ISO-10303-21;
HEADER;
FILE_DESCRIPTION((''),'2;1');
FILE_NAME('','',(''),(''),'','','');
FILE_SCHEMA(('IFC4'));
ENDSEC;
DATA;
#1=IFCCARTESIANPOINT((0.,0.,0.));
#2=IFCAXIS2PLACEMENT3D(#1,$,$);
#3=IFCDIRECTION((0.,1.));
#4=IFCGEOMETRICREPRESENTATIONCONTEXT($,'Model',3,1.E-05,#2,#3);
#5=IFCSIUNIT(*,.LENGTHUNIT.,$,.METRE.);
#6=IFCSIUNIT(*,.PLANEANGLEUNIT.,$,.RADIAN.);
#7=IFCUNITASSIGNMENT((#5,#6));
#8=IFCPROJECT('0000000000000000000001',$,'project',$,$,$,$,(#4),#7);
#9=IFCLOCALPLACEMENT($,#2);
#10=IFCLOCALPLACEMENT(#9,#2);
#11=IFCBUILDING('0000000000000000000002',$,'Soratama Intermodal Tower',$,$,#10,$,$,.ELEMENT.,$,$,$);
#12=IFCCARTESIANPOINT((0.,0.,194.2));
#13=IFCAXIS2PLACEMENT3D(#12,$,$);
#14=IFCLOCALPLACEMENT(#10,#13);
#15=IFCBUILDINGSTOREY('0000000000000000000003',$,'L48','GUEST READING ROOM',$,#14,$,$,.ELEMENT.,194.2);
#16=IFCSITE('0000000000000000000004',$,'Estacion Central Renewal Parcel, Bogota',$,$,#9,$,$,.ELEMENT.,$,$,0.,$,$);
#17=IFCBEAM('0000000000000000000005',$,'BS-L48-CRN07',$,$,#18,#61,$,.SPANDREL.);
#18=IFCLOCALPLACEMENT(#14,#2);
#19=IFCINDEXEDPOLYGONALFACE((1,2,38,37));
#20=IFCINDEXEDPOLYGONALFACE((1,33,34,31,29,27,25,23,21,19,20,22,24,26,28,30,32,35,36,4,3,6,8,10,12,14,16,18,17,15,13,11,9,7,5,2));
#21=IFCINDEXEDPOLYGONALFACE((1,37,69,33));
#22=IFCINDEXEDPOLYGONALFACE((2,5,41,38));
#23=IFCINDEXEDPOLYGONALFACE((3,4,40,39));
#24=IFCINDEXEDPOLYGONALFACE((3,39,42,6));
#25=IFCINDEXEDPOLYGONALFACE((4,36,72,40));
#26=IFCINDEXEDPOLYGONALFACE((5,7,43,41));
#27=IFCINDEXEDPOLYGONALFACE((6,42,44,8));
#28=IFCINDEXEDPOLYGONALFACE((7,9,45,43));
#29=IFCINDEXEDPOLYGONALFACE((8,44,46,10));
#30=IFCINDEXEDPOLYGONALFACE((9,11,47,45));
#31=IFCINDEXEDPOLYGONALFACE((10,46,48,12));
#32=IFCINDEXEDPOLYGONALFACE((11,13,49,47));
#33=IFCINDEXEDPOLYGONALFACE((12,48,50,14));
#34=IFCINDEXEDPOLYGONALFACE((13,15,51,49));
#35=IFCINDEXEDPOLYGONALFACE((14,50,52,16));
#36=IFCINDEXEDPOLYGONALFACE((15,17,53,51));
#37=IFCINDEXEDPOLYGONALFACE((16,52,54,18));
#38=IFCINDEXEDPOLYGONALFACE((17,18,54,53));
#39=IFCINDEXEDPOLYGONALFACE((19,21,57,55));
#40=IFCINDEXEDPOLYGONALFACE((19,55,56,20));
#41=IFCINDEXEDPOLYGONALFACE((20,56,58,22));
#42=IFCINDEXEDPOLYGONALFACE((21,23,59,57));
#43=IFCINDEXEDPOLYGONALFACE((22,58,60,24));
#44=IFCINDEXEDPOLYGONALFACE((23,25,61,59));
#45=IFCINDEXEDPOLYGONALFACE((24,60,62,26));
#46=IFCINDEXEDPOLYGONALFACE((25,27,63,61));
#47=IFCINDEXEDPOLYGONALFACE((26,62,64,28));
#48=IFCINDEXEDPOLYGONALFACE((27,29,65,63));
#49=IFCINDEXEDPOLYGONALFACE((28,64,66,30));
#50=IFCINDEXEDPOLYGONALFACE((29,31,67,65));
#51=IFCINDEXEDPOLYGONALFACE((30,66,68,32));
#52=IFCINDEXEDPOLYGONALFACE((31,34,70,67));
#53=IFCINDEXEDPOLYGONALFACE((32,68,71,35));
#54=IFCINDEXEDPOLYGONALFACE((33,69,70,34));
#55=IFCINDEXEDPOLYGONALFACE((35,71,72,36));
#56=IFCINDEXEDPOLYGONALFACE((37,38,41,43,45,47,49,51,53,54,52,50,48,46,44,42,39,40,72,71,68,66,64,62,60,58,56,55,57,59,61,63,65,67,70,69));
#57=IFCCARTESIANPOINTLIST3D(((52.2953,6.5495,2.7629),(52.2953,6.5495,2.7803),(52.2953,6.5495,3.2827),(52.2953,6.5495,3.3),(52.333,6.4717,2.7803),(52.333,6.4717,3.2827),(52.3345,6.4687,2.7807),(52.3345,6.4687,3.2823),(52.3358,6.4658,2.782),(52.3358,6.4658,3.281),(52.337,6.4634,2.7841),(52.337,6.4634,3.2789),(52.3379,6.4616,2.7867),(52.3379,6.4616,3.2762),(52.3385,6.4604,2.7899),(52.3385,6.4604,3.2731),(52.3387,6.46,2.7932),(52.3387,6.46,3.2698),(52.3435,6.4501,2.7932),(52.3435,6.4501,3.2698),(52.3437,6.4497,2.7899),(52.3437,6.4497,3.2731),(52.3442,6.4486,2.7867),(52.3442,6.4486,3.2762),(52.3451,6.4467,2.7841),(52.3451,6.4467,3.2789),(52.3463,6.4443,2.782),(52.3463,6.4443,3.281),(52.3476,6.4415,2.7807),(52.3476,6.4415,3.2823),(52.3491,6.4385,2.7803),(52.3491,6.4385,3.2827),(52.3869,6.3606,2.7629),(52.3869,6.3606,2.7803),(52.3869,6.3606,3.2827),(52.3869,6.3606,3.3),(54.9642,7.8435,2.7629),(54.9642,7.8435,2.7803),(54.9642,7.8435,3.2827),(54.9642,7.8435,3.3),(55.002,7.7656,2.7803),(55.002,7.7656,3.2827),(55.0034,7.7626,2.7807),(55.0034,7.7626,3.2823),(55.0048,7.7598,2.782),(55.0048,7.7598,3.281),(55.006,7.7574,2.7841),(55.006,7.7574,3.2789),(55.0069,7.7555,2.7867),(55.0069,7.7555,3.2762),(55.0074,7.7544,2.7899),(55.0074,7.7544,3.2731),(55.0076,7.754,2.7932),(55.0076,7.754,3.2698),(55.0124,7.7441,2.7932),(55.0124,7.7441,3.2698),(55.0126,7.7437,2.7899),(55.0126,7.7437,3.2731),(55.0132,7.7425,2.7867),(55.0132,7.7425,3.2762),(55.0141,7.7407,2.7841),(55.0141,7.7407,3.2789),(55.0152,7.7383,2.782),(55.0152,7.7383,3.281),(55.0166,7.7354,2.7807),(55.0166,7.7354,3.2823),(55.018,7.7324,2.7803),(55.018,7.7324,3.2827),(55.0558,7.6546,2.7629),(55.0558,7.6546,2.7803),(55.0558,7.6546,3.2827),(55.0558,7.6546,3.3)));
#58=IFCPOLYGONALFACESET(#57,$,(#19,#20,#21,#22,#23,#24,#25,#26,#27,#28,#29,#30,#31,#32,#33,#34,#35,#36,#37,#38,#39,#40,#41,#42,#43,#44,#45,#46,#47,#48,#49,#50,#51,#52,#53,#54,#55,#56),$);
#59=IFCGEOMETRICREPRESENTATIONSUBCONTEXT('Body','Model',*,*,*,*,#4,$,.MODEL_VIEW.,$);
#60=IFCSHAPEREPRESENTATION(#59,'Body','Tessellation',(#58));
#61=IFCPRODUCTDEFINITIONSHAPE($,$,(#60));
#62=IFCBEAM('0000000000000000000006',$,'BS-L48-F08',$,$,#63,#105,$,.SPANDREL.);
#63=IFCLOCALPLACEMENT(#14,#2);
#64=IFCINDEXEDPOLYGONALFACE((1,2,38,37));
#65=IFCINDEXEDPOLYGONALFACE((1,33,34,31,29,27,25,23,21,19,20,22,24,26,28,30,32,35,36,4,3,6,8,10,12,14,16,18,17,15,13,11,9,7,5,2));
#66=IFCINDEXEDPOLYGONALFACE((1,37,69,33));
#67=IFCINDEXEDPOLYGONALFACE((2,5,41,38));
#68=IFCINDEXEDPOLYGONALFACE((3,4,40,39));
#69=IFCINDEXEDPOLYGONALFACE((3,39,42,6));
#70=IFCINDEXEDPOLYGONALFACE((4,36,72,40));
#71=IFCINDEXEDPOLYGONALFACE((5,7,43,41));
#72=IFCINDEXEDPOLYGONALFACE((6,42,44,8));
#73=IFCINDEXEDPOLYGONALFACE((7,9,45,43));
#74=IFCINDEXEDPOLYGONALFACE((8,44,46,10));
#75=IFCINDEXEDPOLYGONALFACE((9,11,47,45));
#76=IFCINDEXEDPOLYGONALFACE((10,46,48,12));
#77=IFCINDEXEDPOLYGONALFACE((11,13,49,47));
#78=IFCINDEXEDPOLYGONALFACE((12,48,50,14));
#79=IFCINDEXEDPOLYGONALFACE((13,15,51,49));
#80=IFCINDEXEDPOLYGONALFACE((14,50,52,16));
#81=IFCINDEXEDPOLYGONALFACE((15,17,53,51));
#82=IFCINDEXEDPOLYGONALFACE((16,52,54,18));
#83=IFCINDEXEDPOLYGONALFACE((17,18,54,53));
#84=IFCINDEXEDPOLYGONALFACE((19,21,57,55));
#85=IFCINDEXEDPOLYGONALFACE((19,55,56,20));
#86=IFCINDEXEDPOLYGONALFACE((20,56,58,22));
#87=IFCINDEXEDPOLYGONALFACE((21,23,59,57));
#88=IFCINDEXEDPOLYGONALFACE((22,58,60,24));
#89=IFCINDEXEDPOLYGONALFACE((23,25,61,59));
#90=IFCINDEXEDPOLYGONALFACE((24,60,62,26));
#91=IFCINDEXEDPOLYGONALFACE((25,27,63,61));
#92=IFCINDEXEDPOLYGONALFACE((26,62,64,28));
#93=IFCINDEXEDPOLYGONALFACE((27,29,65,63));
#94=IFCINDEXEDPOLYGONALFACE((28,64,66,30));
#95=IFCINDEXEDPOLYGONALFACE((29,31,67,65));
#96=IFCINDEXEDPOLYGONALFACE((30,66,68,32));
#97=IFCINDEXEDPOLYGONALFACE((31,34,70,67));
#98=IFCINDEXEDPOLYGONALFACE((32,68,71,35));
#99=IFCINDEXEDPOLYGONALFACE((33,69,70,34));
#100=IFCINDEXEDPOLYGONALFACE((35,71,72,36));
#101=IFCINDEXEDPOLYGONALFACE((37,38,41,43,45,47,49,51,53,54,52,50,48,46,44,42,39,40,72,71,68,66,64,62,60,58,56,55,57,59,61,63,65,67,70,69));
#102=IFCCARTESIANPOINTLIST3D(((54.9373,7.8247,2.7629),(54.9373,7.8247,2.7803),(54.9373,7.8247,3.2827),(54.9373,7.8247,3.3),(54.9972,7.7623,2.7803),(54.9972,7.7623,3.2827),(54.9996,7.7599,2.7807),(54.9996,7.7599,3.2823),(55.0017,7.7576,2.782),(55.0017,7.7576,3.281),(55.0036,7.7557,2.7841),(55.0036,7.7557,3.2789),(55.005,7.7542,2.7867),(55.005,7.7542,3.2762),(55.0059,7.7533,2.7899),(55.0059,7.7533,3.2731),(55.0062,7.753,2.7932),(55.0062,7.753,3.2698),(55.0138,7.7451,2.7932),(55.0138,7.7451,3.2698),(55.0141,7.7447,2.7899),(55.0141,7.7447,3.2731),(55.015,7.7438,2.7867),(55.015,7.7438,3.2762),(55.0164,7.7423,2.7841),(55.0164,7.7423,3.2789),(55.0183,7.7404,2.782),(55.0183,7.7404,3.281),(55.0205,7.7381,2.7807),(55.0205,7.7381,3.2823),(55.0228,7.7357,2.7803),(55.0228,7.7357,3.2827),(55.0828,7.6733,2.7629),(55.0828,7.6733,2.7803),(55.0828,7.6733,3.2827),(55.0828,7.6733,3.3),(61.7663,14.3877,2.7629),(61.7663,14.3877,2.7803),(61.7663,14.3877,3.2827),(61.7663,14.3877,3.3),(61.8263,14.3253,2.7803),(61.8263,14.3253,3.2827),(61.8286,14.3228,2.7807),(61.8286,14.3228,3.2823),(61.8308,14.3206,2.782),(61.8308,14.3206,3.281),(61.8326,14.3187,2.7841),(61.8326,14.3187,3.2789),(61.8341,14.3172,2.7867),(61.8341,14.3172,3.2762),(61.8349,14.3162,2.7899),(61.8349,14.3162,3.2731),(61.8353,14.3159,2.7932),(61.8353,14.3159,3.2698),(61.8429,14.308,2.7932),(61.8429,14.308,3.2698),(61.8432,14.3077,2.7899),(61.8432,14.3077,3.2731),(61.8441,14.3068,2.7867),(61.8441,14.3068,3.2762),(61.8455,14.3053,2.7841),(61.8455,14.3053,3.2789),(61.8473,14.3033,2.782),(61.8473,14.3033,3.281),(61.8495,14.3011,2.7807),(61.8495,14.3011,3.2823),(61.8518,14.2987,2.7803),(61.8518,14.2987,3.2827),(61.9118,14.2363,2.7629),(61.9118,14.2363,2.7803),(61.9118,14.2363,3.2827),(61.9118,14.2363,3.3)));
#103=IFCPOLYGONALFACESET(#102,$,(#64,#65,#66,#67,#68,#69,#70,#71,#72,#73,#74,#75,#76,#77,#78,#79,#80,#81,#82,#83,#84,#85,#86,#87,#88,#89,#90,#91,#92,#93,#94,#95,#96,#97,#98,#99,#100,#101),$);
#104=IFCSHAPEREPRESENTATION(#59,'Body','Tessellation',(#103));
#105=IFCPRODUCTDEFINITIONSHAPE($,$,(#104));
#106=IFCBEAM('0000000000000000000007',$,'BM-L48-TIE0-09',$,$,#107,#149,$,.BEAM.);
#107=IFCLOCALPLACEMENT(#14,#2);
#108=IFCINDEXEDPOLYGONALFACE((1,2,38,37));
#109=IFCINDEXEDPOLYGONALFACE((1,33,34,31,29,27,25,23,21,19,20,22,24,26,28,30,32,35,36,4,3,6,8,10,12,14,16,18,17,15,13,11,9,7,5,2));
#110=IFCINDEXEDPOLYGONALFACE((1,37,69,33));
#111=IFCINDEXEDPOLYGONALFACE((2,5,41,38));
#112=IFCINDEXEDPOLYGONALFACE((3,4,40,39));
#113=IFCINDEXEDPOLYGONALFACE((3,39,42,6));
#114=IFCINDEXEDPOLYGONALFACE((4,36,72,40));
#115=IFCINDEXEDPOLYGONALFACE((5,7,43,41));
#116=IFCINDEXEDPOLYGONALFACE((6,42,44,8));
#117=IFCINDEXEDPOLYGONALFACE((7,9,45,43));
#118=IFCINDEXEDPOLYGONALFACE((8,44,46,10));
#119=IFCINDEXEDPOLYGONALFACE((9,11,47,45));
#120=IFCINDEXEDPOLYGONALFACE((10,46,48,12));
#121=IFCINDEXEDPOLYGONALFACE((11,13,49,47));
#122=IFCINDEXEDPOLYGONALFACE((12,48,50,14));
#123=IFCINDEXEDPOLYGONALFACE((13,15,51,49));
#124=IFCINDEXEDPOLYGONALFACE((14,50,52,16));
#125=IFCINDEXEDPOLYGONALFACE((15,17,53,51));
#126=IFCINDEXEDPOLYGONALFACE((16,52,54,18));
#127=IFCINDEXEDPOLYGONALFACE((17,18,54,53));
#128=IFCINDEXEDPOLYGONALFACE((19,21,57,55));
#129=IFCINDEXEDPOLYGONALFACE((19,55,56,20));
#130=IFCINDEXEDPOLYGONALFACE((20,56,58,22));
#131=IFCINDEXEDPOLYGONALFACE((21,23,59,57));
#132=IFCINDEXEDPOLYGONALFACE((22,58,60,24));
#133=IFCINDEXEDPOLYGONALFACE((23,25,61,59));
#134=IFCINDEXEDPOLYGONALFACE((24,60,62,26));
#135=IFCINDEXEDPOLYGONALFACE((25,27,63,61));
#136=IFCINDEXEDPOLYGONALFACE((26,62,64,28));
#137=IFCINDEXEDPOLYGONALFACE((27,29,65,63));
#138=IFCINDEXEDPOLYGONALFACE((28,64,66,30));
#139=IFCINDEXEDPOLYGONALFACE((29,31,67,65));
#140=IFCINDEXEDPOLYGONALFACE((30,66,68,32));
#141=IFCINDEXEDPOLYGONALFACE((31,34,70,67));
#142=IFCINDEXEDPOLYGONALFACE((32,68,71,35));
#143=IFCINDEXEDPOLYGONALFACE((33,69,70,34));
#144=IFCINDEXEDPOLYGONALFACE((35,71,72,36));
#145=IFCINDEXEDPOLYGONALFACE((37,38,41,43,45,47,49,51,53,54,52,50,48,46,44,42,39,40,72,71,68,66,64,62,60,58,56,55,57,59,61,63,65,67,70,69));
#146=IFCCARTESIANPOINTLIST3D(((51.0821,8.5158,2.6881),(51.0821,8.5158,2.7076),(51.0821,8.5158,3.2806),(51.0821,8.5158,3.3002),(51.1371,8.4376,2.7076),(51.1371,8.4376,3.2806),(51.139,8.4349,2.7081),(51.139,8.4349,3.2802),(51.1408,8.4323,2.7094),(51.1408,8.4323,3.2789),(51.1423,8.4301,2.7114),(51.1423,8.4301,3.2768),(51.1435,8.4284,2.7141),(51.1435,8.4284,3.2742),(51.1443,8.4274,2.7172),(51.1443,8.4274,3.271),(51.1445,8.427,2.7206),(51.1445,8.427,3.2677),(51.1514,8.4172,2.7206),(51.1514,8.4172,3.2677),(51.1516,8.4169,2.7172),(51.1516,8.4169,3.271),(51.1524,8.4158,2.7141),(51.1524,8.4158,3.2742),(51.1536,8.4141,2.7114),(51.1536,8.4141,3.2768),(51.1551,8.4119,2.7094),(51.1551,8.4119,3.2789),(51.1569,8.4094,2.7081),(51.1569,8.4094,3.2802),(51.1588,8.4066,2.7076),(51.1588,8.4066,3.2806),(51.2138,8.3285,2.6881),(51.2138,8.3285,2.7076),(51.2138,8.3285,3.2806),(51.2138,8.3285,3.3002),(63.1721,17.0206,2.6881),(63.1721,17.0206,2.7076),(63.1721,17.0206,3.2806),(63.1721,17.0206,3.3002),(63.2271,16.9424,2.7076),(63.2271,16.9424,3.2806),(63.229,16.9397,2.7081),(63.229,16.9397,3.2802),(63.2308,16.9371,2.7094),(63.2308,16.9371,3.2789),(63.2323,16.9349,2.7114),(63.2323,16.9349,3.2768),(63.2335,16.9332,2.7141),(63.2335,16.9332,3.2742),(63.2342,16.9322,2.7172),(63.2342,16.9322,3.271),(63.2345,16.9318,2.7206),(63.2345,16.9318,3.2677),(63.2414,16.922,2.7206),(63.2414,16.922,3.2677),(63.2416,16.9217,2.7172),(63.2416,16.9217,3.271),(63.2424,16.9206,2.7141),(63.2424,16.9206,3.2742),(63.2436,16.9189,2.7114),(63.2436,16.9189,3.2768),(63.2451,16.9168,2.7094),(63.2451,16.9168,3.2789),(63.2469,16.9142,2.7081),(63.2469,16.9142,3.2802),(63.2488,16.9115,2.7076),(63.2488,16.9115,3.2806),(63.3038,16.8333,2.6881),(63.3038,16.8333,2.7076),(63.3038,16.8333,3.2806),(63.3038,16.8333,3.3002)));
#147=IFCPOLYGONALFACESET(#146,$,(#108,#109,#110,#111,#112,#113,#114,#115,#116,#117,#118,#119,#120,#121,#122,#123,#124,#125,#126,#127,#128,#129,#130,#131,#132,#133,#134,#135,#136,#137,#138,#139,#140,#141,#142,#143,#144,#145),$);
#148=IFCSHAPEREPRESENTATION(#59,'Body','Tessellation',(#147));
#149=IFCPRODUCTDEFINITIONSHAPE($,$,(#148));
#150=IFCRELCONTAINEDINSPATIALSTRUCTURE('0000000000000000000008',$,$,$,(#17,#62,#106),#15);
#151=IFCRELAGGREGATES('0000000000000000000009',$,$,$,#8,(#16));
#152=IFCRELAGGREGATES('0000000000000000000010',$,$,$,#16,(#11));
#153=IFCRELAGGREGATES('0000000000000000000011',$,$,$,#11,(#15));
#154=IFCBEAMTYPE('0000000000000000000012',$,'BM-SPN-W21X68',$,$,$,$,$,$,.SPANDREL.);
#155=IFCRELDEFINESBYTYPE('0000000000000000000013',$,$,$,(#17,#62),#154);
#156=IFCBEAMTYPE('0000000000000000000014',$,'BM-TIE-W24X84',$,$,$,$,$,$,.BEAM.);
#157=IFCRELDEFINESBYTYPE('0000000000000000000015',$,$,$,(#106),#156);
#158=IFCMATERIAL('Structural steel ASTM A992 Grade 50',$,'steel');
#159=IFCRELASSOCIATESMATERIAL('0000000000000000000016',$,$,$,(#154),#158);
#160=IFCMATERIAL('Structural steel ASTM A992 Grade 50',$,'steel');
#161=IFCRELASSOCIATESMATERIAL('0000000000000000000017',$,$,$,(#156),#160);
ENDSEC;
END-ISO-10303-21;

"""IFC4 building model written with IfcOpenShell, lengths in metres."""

from ifc_helpers import new_model, si_unit, direction, frame, origin, origin_2d, place, context, subcontext, project, spatial, i_section, extrude, material, material_profile, profile_set, type_object, element, save


model = new_model("IFC4")

# Units and contexts
model_context = context("Model", 3, precision=1e-05, world=origin(), true_north=direction((0.0, 1.0)))
body_context = subcontext(model_context, "Body", "Model", "MODEL_VIEW")
ifc_project = project(units=[si_unit("LENGTHUNIT", "METRE"), si_unit("PLANEANGLEUNIT", "RADIAN")], contexts=[model_context])

# Site, building, storey
site_placement = place(None, origin())
site = spatial("IfcSite", under=ifc_project, at=site_placement, Name="Estacion Central Renewal Parcel, Bogota", CompositionType="ELEMENT", RefElevation=0.0)
building_placement = place(site_placement, origin())
building = spatial("IfcBuilding", under=site, at=building_placement, Name="Soratama Intermodal Tower", CompositionType="ELEMENT")
storey_placement = place(building_placement, frame((0.0, 0.0, 194.2)))
storey = spatial("IfcBuildingStorey", under=building, at=storey_placement, Name="L48", Description="GUEST READING ROOM", CompositionType="ELEMENT", Elevation=194.2)

# Beams
ifc_material_1 = material(Name="Structural steel ASTM A992 Grade 50", Category="steel")
ifc_material_profile_1 = material_profile(ifc_material_1, i_section(OverallWidth=0.21, OverallDepth=0.5371, WebThickness=0.011, FlangeThickness=0.0173, FilletRadius=0.0129, at=origin_2d()), Name="W21X68")
ifc_profile_set_1 = profile_set([ifc_material_profile_1], Name="Structural steel ASTM A992 Grade 50")
beam_type_1 = type_object("IfcBeamType", Name="BM-SPN-W21X68", PredefinedType="SPANDREL", material=ifc_profile_set_1)
beam_1_placement = place(storey_placement, frame((52.3411, 6.4551, 3.0315), z_axis=(0.899826, 0.436249, 0.0), x_axis=(-0.436249, 0.899826, 0.0)))
element("IfcBeam", 1, at=beam_1_placement, inside=storey, type_object=beam_type_1, Name="BS-L48-CRN07", PredefinedType="SPANDREL", context=body_context, shape_type="SweptSolid", body=[
    extrude(i_section(OverallWidth=0.21, OverallDepth=0.5371, WebThickness=0.011, FlangeThickness=0.0173, FilletRadius=0.0129, at=origin_2d()), origin(), (0.0, 0.0, 1.0), 2.9661),
])
beam_2_placement = place(storey_placement, frame((55.01, 7.749, 3.0315), z_axis=(0.721015, 0.692919, 0.0), x_axis=(-0.692919, 0.721015, 0.0)))
element("IfcBeam", 2, at=beam_2_placement, inside=storey, type_object=beam_type_1, Name="BS-L48-F08", PredefinedType="SPANDREL", context=body_context, shape_type="SweptSolid", body=[
    extrude(i_section(OverallWidth=0.21, OverallDepth=0.5371, WebThickness=0.011, FlangeThickness=0.0173, FilletRadius=0.0129, at=origin_2d()), origin(), (0.0, 0.0, 1.0), 9.4714),
])
ifc_material_2 = material(Name="Structural steel ASTM A992 Grade 50", Category="steel")
ifc_material_profile_2 = material_profile(ifc_material_2, i_section(OverallWidth=0.229, OverallDepth=0.6121, WebThickness=0.012, FlangeThickness=0.0195, FilletRadius=0.0129, at=origin_2d()), Name="W24X84")
ifc_profile_set_2 = profile_set([ifc_material_profile_2], Name="Structural steel ASTM A992 Grade 50")
beam_type_2 = type_object("IfcBeamType", Name="BM-TIE-W24X84", PredefinedType="BEAM", material=ifc_profile_set_2)
beam_3_placement = place(storey_placement, frame((51.1479, 8.4221, 2.9941), z_axis=(0.817901, 0.57536, 0.0), x_axis=(-0.57536, 0.817901, 0.0)))
element("IfcBeam", 3, at=beam_3_placement, inside=storey, type_object=beam_type_2, Name="BM-L48-TIE0-09", PredefinedType="BEAM", context=body_context, shape_type="SweptSolid", body=[
    extrude(i_section(OverallWidth=0.229, OverallDepth=0.6121, WebThickness=0.012, FlangeThickness=0.0195, FilletRadius=0.0129, at=origin_2d()), origin(), (0.0, 0.0, 1.0), 14.7817),
])

save(model, "model.ifc")
